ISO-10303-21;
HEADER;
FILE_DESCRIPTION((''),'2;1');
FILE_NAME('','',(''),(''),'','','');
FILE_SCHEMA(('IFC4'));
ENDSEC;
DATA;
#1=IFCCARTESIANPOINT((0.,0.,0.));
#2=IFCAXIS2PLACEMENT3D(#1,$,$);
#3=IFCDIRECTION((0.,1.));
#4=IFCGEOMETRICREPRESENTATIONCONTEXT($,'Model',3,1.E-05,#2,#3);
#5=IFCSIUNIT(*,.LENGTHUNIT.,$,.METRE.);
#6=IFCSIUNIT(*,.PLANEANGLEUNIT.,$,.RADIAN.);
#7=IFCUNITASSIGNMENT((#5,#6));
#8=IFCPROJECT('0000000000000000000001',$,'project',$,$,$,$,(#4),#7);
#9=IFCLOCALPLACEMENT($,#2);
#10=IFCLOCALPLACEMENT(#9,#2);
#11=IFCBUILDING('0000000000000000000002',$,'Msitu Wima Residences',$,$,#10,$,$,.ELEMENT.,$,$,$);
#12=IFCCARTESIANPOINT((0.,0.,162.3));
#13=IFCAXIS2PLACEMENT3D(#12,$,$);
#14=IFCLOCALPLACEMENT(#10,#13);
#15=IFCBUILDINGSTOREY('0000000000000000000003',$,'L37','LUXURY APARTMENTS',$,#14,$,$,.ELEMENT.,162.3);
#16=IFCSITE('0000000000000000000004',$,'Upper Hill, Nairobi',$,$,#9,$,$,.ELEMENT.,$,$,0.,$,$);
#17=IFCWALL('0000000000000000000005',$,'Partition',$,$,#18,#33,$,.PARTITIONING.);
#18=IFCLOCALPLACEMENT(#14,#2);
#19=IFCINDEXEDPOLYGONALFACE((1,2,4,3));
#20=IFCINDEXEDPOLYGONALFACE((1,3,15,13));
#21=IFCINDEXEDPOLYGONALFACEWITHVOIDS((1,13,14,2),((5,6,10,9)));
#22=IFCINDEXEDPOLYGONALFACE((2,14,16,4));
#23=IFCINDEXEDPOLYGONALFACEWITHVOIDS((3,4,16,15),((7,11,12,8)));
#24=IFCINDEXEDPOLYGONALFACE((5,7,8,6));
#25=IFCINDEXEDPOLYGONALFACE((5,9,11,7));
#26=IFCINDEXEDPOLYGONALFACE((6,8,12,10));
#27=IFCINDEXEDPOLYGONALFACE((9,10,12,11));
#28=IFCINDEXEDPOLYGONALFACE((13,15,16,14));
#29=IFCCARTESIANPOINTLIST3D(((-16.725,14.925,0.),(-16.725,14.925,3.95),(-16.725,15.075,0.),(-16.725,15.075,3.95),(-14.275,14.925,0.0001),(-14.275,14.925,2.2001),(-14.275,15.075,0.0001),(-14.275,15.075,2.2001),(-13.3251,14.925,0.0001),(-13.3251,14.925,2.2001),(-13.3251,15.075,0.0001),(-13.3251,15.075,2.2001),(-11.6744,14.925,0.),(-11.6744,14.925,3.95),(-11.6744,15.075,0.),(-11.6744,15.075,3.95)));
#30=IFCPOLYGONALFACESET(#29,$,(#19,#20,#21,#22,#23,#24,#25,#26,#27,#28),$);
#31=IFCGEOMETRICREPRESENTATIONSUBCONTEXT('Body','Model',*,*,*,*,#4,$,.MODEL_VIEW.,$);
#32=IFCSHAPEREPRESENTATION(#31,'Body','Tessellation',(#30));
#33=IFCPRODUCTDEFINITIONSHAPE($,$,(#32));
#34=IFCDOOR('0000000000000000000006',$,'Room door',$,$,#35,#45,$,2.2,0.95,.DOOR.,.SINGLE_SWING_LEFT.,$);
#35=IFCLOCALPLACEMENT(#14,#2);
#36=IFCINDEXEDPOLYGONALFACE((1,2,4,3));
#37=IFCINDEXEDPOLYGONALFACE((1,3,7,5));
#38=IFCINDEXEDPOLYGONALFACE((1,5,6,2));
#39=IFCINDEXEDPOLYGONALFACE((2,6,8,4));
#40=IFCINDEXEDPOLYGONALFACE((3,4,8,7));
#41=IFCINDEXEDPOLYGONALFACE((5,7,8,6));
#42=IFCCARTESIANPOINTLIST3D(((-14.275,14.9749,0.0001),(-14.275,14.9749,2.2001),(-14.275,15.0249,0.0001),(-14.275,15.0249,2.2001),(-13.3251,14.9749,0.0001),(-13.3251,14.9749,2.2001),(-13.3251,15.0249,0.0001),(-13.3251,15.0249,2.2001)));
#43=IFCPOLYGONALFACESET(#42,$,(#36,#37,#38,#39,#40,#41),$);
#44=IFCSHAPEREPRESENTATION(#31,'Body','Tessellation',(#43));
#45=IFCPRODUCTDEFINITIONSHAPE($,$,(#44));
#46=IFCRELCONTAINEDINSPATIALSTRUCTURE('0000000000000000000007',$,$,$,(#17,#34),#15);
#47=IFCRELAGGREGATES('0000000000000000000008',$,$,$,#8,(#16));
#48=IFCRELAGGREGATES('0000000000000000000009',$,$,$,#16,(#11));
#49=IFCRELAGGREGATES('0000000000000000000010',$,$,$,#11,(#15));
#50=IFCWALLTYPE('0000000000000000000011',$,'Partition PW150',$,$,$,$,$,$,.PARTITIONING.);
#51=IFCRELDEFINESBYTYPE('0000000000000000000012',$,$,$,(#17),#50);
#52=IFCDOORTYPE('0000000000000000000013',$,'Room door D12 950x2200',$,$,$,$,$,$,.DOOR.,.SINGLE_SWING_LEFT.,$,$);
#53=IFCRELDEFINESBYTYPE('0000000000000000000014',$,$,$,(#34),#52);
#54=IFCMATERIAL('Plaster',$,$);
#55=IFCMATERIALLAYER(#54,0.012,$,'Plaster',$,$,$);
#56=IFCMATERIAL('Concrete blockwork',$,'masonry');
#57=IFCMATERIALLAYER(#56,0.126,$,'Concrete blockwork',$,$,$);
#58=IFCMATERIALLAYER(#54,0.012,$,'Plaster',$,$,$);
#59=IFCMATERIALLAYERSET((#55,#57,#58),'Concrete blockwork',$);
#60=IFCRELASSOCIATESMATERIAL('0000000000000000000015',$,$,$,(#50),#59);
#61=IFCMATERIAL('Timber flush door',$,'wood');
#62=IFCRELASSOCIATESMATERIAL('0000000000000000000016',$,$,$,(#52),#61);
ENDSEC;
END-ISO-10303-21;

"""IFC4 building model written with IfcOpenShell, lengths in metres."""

from ifc_helpers import new_model, si_unit, direction, frame, frame_2d, origin, place, context, subcontext, project, spatial, rectangle, extrude, material, layer, layer_set, type_object, element, fill, save


model = new_model("IFC4")

# Units and contexts
model_context = context("Model", 3, precision=1e-05, world=origin(), true_north=direction((0.0, 1.0)))
body_context = subcontext(model_context, "Body", "Model", "MODEL_VIEW")
ifc_project = project(units=[si_unit("LENGTHUNIT", "METRE"), si_unit("PLANEANGLEUNIT", "RADIAN")], contexts=[model_context])

# Site, building, storey
site_placement = place(None, origin())
site = spatial("IfcSite", under=ifc_project, at=site_placement, Name="Upper Hill, Nairobi", CompositionType="ELEMENT", RefElevation=0.0)
building_placement = place(site_placement, origin())
building = spatial("IfcBuilding", under=site, at=building_placement, Name="Msitu Wima Residences", CompositionType="ELEMENT")
storey_placement = place(building_placement, frame((0.0, 0.0, 162.3)))
storey = spatial("IfcBuildingStorey", under=building, at=storey_placement, Name="L37", Description="LUXURY APARTMENTS", CompositionType="ELEMENT", Elevation=162.3)

# Shared definitions
ifc_material_1 = material(Name="Plaster")
ifc_material_2 = material(Name="Concrete blockwork", Category="masonry")
ifc_layer_1 = layer(ifc_material_1, 0.012, Name="Plaster")
ifc_layer_2 = layer(ifc_material_2, 0.126, Name="Concrete blockwork")
ifc_layer_3 = layer(ifc_material_1, 0.012, Name="Plaster")
ifc_layer_set_1 = layer_set([ifc_layer_1, ifc_layer_2, ifc_layer_3], Name="Concrete blockwork")
wall_type_1 = type_object("IfcWallType", Name="Partition PW150", PredefinedType="PARTITIONING", material=ifc_layer_set_1)

# Shared definitions
ifc_material_3 = material(Name="Timber flush door", Category="wood")
door_type = type_object("IfcDoorType", Name="Room door D12 950x2200", OperationType="SINGLE_SWING_LEFT", PredefinedType="DOOR", material=ifc_material_3)

# Wall, opening, door
wall_1_placement = place(storey_placement, frame((-16.7251, 15.0, 0.0), z_axis=(0.0, 0.0, 1.0), x_axis=(1.0, 0.0, 0.0)))
wall_1 = element("IfcWall", 1, at=wall_1_placement, inside=storey, type_object=wall_type_1, Name="Partition", PredefinedType="PARTITIONING", context=body_context, shape_type="SweptSolid", body=[
    extrude(rectangle(XDim=5.0505, YDim=0.1499, at=frame_2d((2.5254, 0.0))), origin(), (0.0, 0.0, 1.0), 3.95),
])
opening_1_placement = place(wall_1_placement, frame((2.45, 0.0, 0.0)))
opening_1 = element("IfcOpeningElement", 2, at=opening_1_placement, cuts=wall_1, PredefinedType="OPENING", context=body_context, shape_type="SweptSolid", body=[
    extrude(rectangle(XDim=0.95, YDim=2.2, at=frame_2d((0.4751, 1.1001))), frame((0.0, 0.085, 0.0), z_axis=(0.0, -1.0, 0.0), x_axis=(1.0, 0.0, 0.0)), (0.0, 0.0, 1.0), 0.1699),
])
door_1_placement = place(opening_1_placement, origin())
door_1 = element("IfcDoor", 3, at=door_1_placement, inside=storey, type_object=door_type, Name="Room door", OperationType="SINGLE_SWING_LEFT", OverallHeight=2.2, OverallWidth=0.95, PredefinedType="DOOR", context=body_context, shape_type="SweptSolid", body=[
    extrude(rectangle(XDim=0.95, YDim=2.2, at=frame_2d((0.4751, 1.1001))), frame((0.0, 0.0249, 0.0), z_axis=(0.0, -1.0, 0.0), x_axis=(1.0, 0.0, 0.0)), (0.0, 0.0, 1.0), 0.05),
])
fill(opening_1, door_1)

save(model, "model.ifc")
